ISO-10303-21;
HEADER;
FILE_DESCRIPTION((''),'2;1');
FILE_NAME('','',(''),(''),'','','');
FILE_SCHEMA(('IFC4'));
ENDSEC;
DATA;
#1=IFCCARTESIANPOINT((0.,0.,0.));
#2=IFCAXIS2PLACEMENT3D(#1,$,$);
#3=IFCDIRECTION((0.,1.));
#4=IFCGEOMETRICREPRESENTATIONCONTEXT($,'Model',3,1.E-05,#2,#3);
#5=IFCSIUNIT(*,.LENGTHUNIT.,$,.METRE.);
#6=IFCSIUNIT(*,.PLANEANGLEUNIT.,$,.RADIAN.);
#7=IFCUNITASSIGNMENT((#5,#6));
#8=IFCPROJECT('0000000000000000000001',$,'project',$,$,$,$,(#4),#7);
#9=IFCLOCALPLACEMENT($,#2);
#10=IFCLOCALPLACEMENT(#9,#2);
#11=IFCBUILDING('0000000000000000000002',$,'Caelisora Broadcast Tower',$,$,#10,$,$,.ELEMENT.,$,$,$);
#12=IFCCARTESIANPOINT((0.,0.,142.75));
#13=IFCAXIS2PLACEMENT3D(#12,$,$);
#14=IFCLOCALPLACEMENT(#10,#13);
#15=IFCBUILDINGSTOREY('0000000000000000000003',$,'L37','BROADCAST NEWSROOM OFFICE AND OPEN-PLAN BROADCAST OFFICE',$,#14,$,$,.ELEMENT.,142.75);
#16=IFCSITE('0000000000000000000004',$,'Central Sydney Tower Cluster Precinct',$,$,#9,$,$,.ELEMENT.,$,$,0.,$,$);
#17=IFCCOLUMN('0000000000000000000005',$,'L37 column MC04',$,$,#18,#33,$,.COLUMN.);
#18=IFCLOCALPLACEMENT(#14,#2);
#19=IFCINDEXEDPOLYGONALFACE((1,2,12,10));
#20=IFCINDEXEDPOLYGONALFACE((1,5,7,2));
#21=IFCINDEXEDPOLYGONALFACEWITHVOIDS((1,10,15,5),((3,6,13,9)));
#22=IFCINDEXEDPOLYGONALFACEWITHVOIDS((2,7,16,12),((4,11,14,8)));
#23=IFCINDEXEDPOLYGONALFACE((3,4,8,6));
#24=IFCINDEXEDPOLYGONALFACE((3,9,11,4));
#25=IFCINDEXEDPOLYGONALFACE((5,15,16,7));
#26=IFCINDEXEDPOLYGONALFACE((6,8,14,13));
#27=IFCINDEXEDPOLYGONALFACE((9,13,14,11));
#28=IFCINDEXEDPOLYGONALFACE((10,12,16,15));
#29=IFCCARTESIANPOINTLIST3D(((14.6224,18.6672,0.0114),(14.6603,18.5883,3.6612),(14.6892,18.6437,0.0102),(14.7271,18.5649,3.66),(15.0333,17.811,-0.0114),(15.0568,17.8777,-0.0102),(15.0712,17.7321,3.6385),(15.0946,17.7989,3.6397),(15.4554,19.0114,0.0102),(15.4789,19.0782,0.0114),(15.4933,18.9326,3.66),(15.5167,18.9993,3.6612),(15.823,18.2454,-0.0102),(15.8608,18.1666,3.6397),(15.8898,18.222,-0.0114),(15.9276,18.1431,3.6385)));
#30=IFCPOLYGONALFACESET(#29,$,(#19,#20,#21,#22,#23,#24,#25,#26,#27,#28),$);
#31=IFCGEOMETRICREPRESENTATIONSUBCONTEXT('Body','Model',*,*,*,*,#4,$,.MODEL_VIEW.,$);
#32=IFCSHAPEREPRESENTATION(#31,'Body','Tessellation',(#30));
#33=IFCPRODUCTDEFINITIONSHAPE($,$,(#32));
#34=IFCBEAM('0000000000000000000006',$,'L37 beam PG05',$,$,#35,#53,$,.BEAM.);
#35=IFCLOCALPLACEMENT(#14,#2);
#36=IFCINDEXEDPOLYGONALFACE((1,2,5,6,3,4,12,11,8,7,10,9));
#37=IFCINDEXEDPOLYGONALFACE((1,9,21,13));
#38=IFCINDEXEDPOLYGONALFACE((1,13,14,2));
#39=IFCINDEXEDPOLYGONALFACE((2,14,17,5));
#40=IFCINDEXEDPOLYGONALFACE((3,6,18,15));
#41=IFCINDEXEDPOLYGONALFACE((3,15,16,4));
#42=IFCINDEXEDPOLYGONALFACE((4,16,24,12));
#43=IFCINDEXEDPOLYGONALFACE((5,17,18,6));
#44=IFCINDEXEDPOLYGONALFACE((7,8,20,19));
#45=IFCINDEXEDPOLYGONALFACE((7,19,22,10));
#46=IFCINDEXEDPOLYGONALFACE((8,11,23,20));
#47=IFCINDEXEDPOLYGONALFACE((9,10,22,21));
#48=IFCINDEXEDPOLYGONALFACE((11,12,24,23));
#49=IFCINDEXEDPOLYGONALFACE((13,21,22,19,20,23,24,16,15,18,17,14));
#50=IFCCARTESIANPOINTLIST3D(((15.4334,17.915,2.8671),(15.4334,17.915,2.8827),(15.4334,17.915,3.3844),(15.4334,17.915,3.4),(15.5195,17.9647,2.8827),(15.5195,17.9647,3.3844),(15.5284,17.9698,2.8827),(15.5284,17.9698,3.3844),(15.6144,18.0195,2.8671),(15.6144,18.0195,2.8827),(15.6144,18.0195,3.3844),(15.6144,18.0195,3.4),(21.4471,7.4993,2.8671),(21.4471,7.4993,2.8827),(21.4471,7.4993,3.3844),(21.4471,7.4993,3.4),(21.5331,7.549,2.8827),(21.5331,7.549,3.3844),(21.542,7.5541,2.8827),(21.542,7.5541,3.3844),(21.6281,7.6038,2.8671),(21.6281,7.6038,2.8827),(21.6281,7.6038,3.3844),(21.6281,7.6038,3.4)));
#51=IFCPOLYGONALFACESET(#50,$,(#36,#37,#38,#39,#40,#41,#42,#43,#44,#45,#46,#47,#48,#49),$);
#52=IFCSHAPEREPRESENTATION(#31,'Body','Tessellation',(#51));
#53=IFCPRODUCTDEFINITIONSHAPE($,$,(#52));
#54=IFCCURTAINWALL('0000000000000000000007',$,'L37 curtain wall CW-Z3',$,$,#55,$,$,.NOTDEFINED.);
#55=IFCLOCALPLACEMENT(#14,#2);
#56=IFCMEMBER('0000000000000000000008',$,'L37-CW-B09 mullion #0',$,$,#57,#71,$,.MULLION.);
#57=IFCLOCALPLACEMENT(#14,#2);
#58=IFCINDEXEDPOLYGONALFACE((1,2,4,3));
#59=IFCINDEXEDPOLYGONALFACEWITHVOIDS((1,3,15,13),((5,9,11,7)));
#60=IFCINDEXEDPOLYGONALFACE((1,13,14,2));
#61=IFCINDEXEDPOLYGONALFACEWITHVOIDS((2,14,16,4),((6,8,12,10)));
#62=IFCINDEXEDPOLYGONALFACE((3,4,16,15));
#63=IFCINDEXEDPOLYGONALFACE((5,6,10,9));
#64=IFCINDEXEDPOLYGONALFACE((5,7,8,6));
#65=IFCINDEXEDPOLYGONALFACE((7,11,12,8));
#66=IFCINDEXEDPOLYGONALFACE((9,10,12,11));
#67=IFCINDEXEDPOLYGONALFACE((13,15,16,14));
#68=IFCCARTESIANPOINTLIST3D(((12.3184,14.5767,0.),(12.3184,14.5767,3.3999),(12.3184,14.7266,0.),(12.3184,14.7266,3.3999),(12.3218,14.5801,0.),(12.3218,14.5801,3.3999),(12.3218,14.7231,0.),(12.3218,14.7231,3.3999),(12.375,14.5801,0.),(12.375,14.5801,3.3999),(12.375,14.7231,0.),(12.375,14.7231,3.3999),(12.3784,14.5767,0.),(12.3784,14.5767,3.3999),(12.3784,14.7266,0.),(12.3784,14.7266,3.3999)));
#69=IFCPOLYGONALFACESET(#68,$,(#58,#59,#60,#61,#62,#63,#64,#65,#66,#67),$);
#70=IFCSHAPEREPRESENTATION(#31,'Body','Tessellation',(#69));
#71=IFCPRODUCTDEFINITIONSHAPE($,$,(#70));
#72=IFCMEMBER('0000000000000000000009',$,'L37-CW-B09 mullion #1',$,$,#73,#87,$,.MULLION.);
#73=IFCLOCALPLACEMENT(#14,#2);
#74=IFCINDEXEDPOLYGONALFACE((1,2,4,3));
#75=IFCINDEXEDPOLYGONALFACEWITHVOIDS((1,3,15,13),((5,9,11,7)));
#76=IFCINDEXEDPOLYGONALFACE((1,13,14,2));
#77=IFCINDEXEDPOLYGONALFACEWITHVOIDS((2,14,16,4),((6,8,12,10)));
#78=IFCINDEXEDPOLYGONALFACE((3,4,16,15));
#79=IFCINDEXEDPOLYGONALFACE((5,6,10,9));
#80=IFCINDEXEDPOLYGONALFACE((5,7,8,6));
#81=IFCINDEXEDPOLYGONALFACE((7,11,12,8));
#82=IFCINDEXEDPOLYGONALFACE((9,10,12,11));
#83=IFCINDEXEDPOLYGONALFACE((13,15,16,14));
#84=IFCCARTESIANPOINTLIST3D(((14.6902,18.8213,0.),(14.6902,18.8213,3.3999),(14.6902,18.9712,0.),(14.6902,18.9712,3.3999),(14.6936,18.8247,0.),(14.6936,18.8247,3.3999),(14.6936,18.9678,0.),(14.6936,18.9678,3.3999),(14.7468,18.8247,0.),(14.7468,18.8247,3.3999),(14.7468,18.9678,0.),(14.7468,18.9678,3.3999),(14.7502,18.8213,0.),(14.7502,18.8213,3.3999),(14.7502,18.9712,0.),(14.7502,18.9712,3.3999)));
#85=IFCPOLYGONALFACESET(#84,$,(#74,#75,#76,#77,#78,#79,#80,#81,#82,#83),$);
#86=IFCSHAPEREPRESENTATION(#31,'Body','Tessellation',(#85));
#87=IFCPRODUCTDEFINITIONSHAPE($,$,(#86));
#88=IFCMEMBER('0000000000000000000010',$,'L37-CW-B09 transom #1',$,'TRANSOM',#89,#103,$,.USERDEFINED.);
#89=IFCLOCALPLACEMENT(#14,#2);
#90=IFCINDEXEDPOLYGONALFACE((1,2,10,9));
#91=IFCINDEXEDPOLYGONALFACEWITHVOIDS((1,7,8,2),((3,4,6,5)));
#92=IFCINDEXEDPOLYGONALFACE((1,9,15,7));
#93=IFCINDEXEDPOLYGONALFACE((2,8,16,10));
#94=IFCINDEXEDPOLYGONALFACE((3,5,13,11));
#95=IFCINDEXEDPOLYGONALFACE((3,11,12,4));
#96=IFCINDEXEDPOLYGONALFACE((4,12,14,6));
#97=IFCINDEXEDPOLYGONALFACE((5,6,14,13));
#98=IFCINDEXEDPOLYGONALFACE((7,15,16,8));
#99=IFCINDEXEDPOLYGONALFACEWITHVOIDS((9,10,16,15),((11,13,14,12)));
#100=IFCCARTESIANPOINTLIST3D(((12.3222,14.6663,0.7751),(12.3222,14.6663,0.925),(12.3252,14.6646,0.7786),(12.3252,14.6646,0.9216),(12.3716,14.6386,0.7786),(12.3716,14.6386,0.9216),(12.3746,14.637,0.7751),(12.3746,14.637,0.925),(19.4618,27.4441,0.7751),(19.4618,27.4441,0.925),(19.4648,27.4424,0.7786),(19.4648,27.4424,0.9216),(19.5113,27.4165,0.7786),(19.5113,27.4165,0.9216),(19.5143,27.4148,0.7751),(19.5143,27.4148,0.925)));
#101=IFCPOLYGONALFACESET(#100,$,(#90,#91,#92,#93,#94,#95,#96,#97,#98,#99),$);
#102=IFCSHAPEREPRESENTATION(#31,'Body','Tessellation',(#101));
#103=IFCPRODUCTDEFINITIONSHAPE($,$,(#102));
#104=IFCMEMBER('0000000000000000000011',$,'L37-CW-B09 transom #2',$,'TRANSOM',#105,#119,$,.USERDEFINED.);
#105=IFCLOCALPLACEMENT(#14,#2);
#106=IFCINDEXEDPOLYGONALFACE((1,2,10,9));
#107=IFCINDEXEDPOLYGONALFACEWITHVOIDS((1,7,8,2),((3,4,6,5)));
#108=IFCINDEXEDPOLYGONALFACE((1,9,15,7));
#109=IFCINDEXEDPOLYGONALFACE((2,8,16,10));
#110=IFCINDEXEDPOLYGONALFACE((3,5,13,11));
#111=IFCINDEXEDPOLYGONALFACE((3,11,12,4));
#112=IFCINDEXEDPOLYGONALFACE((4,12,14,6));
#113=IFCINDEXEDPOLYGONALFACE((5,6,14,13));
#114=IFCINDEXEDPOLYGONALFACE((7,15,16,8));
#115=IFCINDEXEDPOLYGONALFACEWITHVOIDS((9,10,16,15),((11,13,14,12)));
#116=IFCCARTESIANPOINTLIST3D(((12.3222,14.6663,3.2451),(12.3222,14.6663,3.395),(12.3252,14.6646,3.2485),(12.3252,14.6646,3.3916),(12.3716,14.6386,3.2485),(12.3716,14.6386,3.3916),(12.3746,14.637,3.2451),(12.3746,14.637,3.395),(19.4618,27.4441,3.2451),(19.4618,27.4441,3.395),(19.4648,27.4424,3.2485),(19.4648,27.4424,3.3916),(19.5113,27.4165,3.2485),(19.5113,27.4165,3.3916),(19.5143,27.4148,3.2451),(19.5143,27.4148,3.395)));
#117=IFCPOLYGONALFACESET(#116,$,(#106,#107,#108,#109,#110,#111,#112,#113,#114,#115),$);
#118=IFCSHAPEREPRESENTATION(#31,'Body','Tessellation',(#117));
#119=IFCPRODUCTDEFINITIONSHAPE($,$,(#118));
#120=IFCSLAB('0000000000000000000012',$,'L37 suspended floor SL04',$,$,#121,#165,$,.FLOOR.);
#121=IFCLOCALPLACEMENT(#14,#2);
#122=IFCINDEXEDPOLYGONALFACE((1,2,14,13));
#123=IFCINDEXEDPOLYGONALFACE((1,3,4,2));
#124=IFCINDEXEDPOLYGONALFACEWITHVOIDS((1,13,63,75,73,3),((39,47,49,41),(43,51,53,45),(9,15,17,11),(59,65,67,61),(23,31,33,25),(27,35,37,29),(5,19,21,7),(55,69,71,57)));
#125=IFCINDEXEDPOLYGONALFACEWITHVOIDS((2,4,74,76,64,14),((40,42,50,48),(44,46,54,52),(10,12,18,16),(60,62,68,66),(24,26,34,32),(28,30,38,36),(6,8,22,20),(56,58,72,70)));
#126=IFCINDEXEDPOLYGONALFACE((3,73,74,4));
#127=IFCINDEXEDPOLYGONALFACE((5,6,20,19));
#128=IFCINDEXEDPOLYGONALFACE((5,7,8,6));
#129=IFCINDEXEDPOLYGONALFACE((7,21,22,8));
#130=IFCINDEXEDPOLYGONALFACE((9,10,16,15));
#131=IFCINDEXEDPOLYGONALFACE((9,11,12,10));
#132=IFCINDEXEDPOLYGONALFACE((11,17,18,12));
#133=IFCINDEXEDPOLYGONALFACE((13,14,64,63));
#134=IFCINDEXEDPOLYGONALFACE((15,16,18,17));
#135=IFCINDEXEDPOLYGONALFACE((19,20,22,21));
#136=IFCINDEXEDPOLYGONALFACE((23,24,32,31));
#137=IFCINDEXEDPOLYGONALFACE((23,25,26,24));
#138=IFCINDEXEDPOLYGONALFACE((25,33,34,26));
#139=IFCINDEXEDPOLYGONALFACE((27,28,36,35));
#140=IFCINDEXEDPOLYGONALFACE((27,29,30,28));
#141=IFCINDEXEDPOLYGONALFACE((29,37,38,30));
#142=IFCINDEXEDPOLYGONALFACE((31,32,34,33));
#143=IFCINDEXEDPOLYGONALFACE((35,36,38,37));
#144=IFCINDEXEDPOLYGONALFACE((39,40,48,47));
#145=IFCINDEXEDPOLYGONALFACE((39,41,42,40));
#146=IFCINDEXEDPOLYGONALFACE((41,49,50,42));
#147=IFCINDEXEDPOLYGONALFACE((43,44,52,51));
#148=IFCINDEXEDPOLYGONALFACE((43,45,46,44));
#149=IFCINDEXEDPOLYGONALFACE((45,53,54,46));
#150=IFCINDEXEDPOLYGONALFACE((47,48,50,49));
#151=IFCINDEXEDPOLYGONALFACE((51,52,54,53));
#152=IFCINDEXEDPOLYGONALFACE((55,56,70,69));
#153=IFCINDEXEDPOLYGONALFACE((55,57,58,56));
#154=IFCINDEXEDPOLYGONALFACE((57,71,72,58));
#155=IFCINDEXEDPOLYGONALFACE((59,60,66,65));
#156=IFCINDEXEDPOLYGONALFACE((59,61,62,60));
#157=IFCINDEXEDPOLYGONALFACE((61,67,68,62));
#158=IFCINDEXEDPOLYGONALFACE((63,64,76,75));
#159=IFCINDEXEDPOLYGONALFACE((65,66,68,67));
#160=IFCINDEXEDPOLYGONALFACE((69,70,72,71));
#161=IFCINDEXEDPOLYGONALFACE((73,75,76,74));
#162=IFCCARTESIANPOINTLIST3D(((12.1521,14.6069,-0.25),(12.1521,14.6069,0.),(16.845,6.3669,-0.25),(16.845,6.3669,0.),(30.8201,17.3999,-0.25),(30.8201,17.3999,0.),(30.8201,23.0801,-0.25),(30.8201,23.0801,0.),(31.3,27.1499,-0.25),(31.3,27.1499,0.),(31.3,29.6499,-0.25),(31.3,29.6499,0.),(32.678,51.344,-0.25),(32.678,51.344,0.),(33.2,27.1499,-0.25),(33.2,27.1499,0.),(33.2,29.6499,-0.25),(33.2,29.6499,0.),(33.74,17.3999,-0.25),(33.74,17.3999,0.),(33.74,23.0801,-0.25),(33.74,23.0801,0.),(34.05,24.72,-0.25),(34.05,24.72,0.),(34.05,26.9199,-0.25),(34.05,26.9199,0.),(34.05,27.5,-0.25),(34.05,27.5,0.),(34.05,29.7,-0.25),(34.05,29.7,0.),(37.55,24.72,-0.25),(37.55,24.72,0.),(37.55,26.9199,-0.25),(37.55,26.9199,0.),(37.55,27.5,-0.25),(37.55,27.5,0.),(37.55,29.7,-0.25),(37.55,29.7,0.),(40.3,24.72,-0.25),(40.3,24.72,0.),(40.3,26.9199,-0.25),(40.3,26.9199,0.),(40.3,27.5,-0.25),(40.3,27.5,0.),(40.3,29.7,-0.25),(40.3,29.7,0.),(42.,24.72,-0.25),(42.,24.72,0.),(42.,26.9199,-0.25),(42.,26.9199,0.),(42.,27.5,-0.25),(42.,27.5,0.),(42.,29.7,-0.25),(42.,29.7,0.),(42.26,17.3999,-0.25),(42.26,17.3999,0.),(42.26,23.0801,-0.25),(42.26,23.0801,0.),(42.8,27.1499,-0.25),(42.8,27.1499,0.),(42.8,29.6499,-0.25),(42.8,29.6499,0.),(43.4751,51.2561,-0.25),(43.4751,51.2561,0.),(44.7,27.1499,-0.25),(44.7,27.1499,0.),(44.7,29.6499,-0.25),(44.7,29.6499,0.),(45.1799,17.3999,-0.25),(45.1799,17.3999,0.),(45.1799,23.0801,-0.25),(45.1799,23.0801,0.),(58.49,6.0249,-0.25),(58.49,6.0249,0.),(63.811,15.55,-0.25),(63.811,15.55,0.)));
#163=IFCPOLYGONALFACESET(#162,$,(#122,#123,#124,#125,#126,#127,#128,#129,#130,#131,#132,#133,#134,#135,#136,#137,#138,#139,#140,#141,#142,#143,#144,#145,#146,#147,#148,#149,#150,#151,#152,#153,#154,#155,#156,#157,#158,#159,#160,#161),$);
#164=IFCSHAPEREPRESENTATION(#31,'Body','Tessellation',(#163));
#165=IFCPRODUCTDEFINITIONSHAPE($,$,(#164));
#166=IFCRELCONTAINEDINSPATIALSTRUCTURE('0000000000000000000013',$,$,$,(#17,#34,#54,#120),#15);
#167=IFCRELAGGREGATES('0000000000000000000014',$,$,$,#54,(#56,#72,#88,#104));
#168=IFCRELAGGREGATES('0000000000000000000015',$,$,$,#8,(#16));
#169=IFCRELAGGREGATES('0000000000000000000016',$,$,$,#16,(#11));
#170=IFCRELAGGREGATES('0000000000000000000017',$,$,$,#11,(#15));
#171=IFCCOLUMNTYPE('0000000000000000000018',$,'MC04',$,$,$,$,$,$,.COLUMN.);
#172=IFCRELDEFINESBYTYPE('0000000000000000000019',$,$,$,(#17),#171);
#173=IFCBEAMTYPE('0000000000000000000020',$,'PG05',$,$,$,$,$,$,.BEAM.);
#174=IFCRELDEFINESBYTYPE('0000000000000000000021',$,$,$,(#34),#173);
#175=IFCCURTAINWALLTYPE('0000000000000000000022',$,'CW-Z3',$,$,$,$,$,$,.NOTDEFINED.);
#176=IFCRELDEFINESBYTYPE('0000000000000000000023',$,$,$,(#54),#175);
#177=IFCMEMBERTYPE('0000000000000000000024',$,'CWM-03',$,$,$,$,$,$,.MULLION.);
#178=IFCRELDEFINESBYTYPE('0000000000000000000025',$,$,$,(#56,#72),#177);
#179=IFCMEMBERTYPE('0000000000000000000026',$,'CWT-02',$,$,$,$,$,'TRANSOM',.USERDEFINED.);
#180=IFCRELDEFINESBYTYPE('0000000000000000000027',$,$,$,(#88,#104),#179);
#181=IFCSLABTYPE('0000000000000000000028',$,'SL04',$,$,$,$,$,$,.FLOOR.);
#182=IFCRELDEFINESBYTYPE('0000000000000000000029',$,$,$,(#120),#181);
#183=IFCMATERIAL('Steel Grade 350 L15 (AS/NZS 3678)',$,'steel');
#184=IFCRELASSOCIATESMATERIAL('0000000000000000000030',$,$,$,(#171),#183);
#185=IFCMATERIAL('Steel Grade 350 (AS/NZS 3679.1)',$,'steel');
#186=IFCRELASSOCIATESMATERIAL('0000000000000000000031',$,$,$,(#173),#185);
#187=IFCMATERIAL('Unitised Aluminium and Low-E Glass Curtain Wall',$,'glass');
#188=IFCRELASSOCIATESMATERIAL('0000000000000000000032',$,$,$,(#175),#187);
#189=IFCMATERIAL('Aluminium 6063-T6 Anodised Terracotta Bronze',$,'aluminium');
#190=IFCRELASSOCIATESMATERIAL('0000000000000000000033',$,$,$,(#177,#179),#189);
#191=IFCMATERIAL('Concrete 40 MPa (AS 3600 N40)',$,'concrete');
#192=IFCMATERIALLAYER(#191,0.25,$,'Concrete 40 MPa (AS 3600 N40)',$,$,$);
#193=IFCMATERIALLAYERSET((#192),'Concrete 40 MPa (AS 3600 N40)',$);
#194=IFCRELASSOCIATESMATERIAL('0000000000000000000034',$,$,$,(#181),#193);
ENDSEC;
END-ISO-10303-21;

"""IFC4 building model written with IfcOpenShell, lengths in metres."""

from ifc_helpers import new_model, si_unit, direction, frame, origin, origin_2d, place, context, subcontext, project, spatial, polyline, hollow_rectangle, i_section, outline, extrude, source, transform, mapped, material, layer, layer_set, material_profile, profile_set, type_object, type_shapes, element, aggregate, save


model = new_model("IFC4")

# Units and contexts
model_context = context("Model", 3, precision=1e-05, world=origin(), true_north=direction((0.0, 1.0)))
body_context = subcontext(model_context, "Body", "Model", "MODEL_VIEW")
ifc_project = project(units=[si_unit("LENGTHUNIT", "METRE"), si_unit("PLANEANGLEUNIT", "RADIAN")], contexts=[model_context])

# Site, building, storey
site_placement = place(None, origin())
site = spatial("IfcSite", under=ifc_project, at=site_placement, Name="Central Sydney Tower Cluster Precinct", CompositionType="ELEMENT", RefElevation=0.0)
building_placement = place(site_placement, origin())
building = spatial("IfcBuilding", under=site, at=building_placement, Name="Caelisora Broadcast Tower", CompositionType="ELEMENT")
storey_placement = place(building_placement, frame((0.0, 0.0, 142.75)))
storey = spatial("IfcBuildingStorey", under=building, at=storey_placement, Name="L37", Description="BROADCAST NEWSROOM OFFICE AND OPEN-PLAN BROADCAST OFFICE", CompositionType="ELEMENT", Elevation=142.75)

# Column
ifc_material_1 = material(Name="Steel Grade 350 L15 (AS/NZS 3678)", Category="steel")
ifc_material_profile_1 = material_profile(ifc_material_1, hollow_rectangle(XDim=0.95, YDim=0.95, WallThickness=0.05, at=origin_2d()), Name="Steel Grade 350 L15 (AS/NZS 3678)")
ifc_profile_set_1 = profile_set([ifc_material_profile_1], Name="Steel Grade 350 L15 (AS/NZS 3678)")
column_type = type_object("IfcColumnType", Name="MC04", PredefinedType="COLUMN", material=ifc_profile_set_1)
shared_shape_1 = source(origin(), body_context, "Body", "SweptSolid", [
    extrude(hollow_rectangle(XDim=0.95, YDim=0.95, WallThickness=0.05, at=origin_2d()), origin(), (0.0, 0.0, 1.0), 3.6509),
])
type_shapes(column_type, [shared_shape_1])
column_placement = place(storey_placement, frame((15.2561, 18.4446, 0.0), z_axis=(0.010365, -0.021599, 0.999713), x_axis=(0.901567, 0.43264, 0.0)))
element("IfcColumn", 1, at=column_placement, inside=storey, type_object=column_type, Name="L37 column MC04", PredefinedType="COLUMN", context=body_context, shape_type="MappedRepresentation", body=[
    mapped(shared_shape_1, transform((0.0, 0.0, 0.0), scale=1.0)),
])

# Beam
ifc_material_2 = material(Name="Steel Grade 350 (AS/NZS 3679.1)", Category="steel")
ifc_material_profile_2 = material_profile(ifc_material_2, i_section(OverallWidth=0.209, OverallDepth=0.533, WebThickness=0.0103, FlangeThickness=0.0156, at=origin_2d()), Name="Steel Grade 350 (AS/NZS 3679.1)")
ifc_profile_set_2 = profile_set([ifc_material_profile_2], Name="Steel Grade 350 (AS/NZS 3679.1)")
beam_type = type_object("IfcBeamType", Name="PG05", PredefinedType="BEAM", material=ifc_profile_set_2)
shared_shape_2 = source(origin(), body_context, "Body", "SweptSolid", [
    extrude(i_section(OverallWidth=0.209, OverallDepth=0.533, WebThickness=0.0103, FlangeThickness=0.0156, at=origin_2d()), origin(), (0.0, 0.0, 1.0), 12.0271),
])
type_shapes(beam_type, [shared_shape_2])
beam_placement = place(storey_placement, frame((15.5239, 17.9673, 3.1335), z_axis=(0.500008, -0.866021, 0.0), x_axis=(0.866021, 0.500008, 0.0)))
element("IfcBeam", 2, at=beam_placement, inside=storey, type_object=beam_type, Name="L37 beam PG05", PredefinedType="BEAM", context=body_context, shape_type="MappedRepresentation", body=[
    mapped(shared_shape_2, transform((0.0, 0.0, 0.0), scale=1.0)),
])

# Curtain wall, members
ifc_material_3 = material(Name="Unitised Aluminium and Low-E Glass Curtain Wall", Category="glass")
curtain_wall_type = type_object("IfcCurtainWallType", Name="CW-Z3", PredefinedType="NOTDEFINED", material=ifc_material_3)
curtain_wall_placement = place(storey_placement, origin())
curtain_wall = element("IfcCurtainWall", 3, at=curtain_wall_placement, inside=storey, type_object=curtain_wall_type, Name="L37 curtain wall CW-Z3", PredefinedType="NOTDEFINED")
ifc_material_4 = material(Name="Aluminium 6063-T6 Anodised Terracotta Bronze", Category="aluminium")
ifc_material_profile_3 = material_profile(ifc_material_4, hollow_rectangle(XDim=0.0601, YDim=0.1499, WallThickness=0.0034, at=origin_2d()), Name="Aluminium 6063-T6 Anodised Terracotta Bronze")
ifc_profile_set_3 = profile_set([ifc_material_profile_3], Name="Aluminium 6063-T6 Anodised Terracotta Bronze")
member_type_1 = type_object("IfcMemberType", Name="CWM-03", PredefinedType="MULLION", material=ifc_profile_set_3)
shared_shape_3 = source(origin(), body_context, "Body", "SweptSolid", [
    extrude(hollow_rectangle(XDim=0.0601, YDim=0.1499, WallThickness=0.0034, at=origin_2d()), origin(), (0.0, 0.0, 1.0), 3.3999),
])
type_shapes(member_type_1, [shared_shape_3])
member_1_placement = place(storey_placement, frame((12.3484, 14.6516, 0.0), z_axis=(0.0, 0.0, 1.0), x_axis=(1.0, 0.0, 0.0)))
member_1 = element("IfcMember", 4, at=member_1_placement, type_object=member_type_1, Name="L37-CW-B09 mullion #0", PredefinedType="MULLION", context=body_context, shape_type="MappedRepresentation", body=[
    mapped(shared_shape_3, transform((0.0, 0.0, 0.0), scale=1.0)),
])
member_2_placement = place(storey_placement, frame((14.7202, 18.8962, 0.0), z_axis=(0.0, 0.0, 1.0), x_axis=(1.0, 0.0, 0.0)))
member_2 = element("IfcMember", 5, at=member_2_placement, type_object=member_type_1, Name="L37-CW-B09 mullion #1", PredefinedType="MULLION", context=body_context, shape_type="MappedRepresentation", body=[
    mapped(shared_shape_3, transform((0.0, 0.0, 0.0), scale=1.0)),
])
ifc_material_profile_4 = material_profile(ifc_material_4, hollow_rectangle(XDim=0.0601, YDim=0.1499, WallThickness=0.0034, at=origin_2d()), Name="Aluminium 6063-T6 Anodised Terracotta Bronze")
ifc_profile_set_4 = profile_set([ifc_material_profile_4], Name="Aluminium 6063-T6 Anodised Terracotta Bronze")
member_type_2 = type_object("IfcMemberType", Name="CWT-02", ElementType="TRANSOM", PredefinedType="USERDEFINED", material=ifc_profile_set_4)
shared_shape_4 = source(origin(), body_context, "Body", "SweptSolid", [
    extrude(hollow_rectangle(XDim=0.0601, YDim=0.1499, WallThickness=0.0034, at=origin_2d()), origin(), (0.0, 0.0, 1.0), 14.6372),
])
type_shapes(member_type_2, [shared_shape_4])
member_3_placement = place(storey_placement, frame((12.3484, 14.6516, 0.8501), z_axis=(0.487774, 0.87297, 0.0), x_axis=(-0.87297, 0.487774, 0.0)))
member_3 = element("IfcMember", 6, at=member_3_placement, type_object=member_type_2, Name="L37-CW-B09 transom #1", ObjectType="TRANSOM", PredefinedType="USERDEFINED", context=body_context, shape_type="MappedRepresentation", body=[
    mapped(shared_shape_4, transform((0.0, 0.0, 0.0), scale=1.0)),
])
member_4_placement = place(storey_placement, frame((12.3484, 14.6516, 3.3201), z_axis=(0.487774, 0.87297, 0.0), x_axis=(-0.87297, 0.487774, 0.0)))
member_4 = element("IfcMember", 7, at=member_4_placement, type_object=member_type_2, Name="L37-CW-B09 transom #2", ObjectType="TRANSOM", PredefinedType="USERDEFINED", context=body_context, shape_type="MappedRepresentation", body=[
    mapped(shared_shape_4, transform((0.0, 0.0, 0.0), scale=1.0)),
])

# Slab
ifc_material_5 = material(Name="Concrete 40 MPa (AS 3600 N40)", Category="concrete")
ifc_layer_1 = layer(ifc_material_5, 0.25, Name="Concrete 40 MPa (AS 3600 N40)")
ifc_layer_set_1 = layer_set([ifc_layer_1], Name="Concrete 40 MPa (AS 3600 N40)")
slab_type_1 = type_object("IfcSlabType", Name="SL04", PredefinedType="FLOOR", material=ifc_layer_set_1)
slab_1_placement = place(storey_placement, frame((0.0, 0.0, -0.25)))
element("IfcSlab", 8, at=slab_1_placement, inside=storey, type_object=slab_type_1, Name="L37 suspended floor SL04", PredefinedType="FLOOR", context=body_context, shape_type="SweptSolid", body=[
    extrude(outline(polyline([(43.4751, 51.2561), (32.678, 51.344), (12.1521, 14.6069), (16.845, 6.3669), (58.49, 6.0249), (63.811, 15.55), (43.4751, 51.2561)]), holes=[polyline([(30.8201, 17.3999), (33.74, 17.3999), (33.74, 23.0801), (30.8201, 23.0801), (30.8201, 17.3999)]), polyline([(42.26, 17.3999), (45.1799, 17.3999), (45.1799, 23.0801), (42.26, 23.0801), (42.26, 17.3999)]), polyline([(42.8, 27.1499), (44.7, 27.1499), (44.7, 29.6499), (42.8, 29.6499), (42.8, 27.1499)]), polyline([(40.3, 24.72), (42.0, 24.72), (42.0, 26.9199), (40.3, 26.9199), (40.3, 24.72)]), polyline([(40.3, 27.5), (42.0, 27.5), (42.0, 29.7), (40.3, 29.7), (40.3, 27.5)]), polyline([(34.05, 24.72), (37.55, 24.72), (37.55, 26.9199), (34.05, 26.9199), (34.05, 24.72)]), polyline([(34.05, 27.5), (37.55, 27.5), (37.55, 29.7), (34.05, 29.7), (34.05, 27.5)]), polyline([(31.3, 27.1499), (33.2, 27.1499), (33.2, 29.6499), (31.3, 29.6499), (31.3, 27.1499)])]), origin(), (0.0, 0.0, 1.0), 0.25),
])

aggregate(curtain_wall, [member_1, member_2, member_3, member_4])

save(model, "model.ifc")
